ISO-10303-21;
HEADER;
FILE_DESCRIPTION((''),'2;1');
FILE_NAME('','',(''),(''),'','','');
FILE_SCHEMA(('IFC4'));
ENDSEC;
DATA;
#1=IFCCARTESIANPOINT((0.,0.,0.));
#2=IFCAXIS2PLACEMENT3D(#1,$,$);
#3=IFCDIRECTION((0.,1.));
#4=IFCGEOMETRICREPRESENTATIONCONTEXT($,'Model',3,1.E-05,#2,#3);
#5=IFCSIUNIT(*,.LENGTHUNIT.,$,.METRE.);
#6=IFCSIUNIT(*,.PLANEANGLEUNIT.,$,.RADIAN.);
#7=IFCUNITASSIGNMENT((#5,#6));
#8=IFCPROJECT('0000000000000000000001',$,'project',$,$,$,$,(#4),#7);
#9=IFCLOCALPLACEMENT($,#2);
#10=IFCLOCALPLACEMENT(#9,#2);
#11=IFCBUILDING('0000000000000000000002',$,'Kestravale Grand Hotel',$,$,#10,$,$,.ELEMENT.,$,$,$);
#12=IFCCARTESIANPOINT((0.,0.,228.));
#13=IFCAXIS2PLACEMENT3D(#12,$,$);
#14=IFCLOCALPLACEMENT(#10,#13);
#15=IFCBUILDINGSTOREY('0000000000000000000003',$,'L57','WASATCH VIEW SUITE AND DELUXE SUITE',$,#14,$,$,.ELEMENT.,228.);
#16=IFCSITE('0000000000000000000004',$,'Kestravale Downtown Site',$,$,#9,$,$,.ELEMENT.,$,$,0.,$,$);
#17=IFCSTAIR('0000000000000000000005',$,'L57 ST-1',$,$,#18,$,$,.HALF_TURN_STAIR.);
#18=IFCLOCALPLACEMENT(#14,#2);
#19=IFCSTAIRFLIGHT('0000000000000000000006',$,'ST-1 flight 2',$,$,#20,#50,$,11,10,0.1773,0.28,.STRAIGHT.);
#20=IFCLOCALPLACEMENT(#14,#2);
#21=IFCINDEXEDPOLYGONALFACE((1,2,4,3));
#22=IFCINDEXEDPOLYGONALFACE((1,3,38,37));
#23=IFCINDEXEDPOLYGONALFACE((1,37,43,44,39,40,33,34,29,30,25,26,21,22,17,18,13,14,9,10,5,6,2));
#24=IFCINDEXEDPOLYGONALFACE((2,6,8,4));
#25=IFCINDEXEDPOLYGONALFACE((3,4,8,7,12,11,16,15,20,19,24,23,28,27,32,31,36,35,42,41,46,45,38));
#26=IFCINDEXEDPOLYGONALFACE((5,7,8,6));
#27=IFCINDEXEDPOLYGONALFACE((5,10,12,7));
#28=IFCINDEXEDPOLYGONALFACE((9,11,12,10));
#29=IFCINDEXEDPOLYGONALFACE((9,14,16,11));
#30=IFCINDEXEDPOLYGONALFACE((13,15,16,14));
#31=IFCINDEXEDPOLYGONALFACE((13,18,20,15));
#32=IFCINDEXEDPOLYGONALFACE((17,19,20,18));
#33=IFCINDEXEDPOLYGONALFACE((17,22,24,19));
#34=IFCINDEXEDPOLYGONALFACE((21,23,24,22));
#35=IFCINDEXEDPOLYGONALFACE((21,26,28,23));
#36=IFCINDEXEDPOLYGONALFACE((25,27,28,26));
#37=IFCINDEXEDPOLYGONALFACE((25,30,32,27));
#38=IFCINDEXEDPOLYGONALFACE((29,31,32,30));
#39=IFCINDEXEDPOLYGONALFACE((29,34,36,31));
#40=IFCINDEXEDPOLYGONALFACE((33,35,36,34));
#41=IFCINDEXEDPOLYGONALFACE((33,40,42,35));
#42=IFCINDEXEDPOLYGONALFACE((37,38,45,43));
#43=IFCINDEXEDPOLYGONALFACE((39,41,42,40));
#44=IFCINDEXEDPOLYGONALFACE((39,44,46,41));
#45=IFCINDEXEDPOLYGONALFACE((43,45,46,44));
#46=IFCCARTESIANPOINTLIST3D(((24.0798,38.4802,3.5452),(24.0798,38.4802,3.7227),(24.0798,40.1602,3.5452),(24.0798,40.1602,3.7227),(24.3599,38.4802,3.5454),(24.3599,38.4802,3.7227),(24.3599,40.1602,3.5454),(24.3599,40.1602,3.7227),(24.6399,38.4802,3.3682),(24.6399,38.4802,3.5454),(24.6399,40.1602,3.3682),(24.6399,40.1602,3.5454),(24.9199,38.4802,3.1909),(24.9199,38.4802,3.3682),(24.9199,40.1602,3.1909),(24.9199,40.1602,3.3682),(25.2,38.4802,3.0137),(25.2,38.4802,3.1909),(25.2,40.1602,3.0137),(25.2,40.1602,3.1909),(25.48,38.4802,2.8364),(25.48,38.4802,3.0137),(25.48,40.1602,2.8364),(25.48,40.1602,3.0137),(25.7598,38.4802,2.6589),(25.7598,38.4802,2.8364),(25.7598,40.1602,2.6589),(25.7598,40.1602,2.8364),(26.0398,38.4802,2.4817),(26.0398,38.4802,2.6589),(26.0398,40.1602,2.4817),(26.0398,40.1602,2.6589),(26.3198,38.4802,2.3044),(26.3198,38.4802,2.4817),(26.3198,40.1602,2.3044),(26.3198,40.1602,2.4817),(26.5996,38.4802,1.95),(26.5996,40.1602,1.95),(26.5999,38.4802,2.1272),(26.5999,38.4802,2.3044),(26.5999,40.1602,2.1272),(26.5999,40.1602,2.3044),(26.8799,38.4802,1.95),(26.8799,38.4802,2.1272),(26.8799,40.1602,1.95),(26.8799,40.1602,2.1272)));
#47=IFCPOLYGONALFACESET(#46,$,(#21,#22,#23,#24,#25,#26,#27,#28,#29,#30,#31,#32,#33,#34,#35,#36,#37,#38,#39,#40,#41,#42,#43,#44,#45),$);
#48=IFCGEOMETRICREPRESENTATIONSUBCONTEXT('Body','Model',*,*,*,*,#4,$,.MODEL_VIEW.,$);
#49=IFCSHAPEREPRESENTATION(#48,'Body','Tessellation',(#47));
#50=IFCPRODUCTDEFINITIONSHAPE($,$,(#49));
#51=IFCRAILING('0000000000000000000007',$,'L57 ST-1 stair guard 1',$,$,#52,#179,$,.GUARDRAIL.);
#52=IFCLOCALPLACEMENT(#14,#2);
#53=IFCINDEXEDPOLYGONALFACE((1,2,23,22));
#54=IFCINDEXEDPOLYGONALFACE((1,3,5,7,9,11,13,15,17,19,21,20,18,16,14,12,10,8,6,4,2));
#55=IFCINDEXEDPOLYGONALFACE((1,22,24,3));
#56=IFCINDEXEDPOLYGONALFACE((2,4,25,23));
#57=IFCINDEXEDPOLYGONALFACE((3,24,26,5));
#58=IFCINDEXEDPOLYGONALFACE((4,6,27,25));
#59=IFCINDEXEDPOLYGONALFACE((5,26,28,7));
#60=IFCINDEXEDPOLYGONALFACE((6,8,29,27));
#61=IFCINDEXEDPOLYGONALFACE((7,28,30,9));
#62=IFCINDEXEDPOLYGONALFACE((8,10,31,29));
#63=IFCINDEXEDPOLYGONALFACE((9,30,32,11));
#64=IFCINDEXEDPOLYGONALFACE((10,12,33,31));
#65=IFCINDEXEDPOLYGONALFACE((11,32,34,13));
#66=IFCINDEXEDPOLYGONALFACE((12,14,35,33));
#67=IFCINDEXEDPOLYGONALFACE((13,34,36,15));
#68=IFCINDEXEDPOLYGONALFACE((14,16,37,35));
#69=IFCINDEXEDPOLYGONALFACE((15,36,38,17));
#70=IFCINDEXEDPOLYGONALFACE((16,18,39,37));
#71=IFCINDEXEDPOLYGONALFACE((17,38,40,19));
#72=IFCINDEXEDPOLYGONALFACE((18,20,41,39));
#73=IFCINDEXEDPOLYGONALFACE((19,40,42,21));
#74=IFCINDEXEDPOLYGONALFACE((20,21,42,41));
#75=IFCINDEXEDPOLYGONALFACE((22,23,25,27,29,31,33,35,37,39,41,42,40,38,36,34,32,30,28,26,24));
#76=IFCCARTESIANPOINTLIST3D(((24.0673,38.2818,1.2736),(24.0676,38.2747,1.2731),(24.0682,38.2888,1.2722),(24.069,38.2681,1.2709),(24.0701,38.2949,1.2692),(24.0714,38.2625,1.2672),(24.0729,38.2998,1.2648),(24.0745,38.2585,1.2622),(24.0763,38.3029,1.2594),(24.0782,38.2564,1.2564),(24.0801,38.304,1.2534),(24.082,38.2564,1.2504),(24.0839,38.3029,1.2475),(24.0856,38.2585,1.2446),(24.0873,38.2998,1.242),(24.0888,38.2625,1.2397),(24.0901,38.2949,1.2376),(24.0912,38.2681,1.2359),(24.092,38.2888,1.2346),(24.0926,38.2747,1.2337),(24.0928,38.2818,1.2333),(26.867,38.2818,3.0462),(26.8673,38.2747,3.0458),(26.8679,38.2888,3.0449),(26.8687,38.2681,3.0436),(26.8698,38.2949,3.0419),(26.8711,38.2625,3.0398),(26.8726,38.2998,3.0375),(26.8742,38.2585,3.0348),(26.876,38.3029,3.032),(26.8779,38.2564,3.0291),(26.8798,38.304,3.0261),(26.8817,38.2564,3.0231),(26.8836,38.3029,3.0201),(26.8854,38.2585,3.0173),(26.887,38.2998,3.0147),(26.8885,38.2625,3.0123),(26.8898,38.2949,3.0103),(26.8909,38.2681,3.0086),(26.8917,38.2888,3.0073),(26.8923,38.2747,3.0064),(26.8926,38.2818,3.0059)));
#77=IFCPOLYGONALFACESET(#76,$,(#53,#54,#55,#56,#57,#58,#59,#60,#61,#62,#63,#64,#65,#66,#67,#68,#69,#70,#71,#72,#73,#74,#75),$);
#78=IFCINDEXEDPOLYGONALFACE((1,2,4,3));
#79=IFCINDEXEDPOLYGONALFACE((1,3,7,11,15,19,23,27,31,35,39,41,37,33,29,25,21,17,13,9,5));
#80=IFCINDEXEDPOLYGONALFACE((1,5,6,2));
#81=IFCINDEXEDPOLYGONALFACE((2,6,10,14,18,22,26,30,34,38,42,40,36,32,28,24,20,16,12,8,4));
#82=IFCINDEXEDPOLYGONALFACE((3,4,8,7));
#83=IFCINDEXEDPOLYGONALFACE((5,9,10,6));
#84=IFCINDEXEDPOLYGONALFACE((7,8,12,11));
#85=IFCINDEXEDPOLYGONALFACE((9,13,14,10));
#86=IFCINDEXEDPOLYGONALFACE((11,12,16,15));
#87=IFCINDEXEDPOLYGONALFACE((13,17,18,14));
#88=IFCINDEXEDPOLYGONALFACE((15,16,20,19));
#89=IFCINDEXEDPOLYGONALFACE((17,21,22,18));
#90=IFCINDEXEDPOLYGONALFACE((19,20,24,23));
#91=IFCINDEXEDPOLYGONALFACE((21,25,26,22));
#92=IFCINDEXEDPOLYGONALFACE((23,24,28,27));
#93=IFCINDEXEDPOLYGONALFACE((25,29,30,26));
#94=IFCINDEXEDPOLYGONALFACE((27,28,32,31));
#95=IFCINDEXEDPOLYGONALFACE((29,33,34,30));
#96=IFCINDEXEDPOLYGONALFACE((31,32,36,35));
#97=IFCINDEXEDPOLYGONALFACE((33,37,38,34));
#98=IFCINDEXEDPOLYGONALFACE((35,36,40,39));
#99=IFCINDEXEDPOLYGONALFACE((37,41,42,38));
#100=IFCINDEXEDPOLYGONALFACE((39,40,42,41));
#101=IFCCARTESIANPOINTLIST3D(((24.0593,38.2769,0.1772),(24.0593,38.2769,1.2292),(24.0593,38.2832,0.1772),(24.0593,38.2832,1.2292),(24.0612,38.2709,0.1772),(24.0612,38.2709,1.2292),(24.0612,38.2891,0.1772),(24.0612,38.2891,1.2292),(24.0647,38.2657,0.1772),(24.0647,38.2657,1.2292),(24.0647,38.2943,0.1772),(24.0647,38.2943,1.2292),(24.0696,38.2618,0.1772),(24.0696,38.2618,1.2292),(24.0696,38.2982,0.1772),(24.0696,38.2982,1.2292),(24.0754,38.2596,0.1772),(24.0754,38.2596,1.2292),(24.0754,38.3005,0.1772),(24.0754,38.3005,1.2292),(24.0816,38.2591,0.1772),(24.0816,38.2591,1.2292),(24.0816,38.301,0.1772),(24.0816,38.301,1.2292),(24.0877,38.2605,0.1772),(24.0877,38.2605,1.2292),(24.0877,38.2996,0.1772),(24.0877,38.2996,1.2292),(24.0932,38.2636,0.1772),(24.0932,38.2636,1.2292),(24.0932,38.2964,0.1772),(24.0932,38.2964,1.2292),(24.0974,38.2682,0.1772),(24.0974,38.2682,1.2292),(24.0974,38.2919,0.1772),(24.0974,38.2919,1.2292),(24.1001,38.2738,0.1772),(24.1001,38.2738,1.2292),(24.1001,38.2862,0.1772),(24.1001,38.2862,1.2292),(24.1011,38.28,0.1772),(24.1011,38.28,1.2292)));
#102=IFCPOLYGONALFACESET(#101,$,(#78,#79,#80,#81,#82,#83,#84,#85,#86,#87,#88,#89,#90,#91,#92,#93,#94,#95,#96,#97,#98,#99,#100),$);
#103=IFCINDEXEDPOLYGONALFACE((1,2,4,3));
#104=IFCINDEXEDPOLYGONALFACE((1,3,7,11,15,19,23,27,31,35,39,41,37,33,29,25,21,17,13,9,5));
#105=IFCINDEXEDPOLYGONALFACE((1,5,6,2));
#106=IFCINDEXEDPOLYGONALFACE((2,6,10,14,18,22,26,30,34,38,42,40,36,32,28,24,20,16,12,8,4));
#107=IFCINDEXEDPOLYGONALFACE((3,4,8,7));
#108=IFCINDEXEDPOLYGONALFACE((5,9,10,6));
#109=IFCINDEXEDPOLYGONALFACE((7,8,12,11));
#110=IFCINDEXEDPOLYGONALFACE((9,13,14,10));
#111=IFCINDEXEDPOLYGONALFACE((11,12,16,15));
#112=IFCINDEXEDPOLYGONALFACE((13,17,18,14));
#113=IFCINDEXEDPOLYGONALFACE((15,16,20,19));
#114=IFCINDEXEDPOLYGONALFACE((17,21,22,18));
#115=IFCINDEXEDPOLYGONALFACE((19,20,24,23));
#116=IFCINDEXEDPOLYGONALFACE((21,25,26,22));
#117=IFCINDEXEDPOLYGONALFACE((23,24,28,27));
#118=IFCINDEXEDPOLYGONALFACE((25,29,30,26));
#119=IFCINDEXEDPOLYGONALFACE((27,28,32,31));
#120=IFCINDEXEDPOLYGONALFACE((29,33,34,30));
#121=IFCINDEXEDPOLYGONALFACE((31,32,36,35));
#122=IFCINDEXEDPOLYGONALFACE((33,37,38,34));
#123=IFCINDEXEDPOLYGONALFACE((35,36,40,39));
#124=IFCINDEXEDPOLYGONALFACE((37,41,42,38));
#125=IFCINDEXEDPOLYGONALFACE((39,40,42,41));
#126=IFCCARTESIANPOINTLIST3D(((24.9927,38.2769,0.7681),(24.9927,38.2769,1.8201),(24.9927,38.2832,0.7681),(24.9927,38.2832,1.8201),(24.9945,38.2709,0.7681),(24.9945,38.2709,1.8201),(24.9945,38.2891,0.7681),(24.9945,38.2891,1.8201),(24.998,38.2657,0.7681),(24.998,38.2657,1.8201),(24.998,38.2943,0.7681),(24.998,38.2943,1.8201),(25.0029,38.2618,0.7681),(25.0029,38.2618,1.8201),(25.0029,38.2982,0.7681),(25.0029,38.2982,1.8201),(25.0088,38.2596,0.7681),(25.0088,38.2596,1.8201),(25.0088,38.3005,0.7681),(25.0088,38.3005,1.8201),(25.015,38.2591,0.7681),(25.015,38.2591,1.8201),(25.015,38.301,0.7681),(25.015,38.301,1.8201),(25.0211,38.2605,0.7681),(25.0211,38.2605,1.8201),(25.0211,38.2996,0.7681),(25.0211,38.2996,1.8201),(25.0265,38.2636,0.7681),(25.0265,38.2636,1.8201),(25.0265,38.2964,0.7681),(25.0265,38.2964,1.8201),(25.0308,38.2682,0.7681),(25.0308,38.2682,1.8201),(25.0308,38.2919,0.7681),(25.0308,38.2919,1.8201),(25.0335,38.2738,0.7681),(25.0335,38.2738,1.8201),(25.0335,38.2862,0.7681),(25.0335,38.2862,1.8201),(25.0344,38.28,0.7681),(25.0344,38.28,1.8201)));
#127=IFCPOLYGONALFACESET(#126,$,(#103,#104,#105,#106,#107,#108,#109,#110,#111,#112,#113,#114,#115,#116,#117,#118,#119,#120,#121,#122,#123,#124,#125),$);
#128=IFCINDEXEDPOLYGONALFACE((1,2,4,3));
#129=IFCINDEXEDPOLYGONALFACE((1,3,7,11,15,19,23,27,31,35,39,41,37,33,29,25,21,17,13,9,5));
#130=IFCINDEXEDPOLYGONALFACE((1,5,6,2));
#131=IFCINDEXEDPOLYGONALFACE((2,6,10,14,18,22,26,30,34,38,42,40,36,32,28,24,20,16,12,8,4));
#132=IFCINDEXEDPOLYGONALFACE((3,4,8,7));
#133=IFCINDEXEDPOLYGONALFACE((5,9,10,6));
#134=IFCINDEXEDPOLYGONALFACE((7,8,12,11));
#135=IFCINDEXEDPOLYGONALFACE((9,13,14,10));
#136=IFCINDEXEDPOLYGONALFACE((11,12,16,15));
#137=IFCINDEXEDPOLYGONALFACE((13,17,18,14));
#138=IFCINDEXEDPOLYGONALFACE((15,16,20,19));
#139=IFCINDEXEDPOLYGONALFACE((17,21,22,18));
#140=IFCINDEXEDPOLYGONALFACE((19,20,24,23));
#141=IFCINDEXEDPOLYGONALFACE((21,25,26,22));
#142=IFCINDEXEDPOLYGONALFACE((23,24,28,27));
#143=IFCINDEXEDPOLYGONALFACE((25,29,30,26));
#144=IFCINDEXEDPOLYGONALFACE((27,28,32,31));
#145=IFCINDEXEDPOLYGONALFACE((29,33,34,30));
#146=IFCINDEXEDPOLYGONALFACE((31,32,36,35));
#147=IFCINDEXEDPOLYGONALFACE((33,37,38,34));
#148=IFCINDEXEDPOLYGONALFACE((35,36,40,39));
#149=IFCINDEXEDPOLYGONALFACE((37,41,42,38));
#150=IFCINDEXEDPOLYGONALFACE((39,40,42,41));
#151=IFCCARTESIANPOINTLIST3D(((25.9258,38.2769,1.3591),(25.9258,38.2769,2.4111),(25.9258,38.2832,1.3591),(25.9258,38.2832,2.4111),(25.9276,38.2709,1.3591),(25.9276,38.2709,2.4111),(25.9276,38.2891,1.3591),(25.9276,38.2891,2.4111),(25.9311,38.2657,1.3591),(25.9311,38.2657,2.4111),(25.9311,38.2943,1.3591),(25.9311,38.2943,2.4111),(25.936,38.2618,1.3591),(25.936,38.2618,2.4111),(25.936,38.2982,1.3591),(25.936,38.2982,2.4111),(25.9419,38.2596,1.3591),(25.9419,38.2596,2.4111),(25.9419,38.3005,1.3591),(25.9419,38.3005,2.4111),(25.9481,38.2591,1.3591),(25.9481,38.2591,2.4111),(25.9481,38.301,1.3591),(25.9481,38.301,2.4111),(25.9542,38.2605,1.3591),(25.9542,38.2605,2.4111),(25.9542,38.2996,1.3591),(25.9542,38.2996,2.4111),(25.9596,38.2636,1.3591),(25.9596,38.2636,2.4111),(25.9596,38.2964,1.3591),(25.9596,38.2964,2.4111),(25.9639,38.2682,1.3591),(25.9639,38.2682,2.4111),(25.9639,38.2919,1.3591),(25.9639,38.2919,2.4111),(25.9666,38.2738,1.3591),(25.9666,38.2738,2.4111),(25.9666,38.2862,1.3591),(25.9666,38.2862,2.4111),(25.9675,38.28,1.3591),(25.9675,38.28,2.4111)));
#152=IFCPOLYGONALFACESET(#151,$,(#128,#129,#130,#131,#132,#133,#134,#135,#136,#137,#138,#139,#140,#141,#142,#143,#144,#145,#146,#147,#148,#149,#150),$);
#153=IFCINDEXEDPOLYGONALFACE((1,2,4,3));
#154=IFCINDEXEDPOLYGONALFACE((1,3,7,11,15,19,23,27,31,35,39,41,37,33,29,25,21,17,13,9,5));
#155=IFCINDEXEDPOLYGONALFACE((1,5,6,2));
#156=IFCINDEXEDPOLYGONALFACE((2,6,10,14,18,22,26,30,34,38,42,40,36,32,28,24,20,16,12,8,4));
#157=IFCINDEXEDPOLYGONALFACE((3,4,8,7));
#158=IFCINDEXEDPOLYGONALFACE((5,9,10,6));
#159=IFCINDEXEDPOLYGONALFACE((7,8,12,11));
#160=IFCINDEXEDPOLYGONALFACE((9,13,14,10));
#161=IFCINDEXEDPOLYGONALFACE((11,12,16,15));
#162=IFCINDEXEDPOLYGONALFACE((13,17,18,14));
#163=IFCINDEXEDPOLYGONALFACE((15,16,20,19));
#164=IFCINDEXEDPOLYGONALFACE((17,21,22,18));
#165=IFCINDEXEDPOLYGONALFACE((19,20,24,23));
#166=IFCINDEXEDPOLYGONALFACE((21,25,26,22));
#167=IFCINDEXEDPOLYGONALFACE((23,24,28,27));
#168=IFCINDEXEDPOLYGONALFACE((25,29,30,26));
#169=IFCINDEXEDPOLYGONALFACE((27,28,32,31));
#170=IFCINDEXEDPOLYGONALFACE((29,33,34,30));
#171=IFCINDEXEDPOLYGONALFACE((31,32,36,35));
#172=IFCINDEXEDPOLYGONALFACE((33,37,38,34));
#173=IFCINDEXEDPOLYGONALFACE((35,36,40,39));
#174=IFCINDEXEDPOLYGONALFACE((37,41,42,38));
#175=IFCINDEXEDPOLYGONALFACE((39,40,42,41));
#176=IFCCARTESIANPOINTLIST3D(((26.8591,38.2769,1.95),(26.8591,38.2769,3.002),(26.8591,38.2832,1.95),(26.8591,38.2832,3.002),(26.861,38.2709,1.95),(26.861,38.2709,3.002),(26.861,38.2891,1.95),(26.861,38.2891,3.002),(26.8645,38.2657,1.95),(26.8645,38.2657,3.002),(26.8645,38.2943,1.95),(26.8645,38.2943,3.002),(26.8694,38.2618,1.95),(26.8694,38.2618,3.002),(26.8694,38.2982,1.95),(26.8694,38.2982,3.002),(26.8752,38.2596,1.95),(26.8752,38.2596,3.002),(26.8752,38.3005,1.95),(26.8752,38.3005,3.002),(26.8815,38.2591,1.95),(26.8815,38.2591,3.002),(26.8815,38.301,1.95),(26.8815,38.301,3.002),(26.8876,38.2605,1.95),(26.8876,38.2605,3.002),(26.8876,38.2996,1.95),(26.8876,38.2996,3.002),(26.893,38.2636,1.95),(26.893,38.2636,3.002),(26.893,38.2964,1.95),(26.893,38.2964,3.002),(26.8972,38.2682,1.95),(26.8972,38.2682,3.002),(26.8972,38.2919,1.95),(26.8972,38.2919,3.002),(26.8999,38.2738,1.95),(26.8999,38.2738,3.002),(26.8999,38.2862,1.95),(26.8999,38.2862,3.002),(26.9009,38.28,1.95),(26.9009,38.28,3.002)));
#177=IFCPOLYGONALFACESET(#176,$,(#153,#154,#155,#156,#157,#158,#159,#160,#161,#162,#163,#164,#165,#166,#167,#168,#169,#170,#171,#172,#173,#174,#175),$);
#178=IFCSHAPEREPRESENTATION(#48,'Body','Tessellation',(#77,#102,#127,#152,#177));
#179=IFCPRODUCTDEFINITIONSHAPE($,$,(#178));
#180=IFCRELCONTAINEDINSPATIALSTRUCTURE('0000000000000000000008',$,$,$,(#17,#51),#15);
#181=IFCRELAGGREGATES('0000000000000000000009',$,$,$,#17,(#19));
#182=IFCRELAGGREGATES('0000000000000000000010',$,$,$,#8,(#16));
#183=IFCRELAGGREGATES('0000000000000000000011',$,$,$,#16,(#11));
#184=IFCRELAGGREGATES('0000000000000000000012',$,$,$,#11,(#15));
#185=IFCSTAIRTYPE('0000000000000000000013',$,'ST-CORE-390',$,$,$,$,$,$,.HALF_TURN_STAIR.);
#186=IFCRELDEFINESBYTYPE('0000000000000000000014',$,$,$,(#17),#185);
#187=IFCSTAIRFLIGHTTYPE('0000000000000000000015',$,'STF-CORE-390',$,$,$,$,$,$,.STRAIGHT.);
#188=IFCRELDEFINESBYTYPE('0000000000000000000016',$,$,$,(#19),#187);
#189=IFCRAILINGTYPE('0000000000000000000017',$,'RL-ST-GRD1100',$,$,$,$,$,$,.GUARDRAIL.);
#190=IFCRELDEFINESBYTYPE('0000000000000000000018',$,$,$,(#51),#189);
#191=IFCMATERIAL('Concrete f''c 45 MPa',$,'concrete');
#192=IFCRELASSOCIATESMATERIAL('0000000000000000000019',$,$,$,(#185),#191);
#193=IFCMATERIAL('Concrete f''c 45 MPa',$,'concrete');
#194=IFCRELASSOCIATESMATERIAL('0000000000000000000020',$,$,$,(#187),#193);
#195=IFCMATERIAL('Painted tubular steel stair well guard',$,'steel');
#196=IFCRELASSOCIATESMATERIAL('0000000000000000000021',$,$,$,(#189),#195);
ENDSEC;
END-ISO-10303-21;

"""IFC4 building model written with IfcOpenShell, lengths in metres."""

from ifc_helpers import new_model, si_unit, direction, frame, origin, origin_2d, place, context, subcontext, project, spatial, polyline, circle, outline, extrude, material, type_object, element, aggregate, save


model = new_model("IFC4")

# Units and contexts
model_context = context("Model", 3, precision=1e-05, world=origin(), true_north=direction((0.0, 1.0)))
body_context = subcontext(model_context, "Body", "Model", "MODEL_VIEW")
ifc_project = project(units=[si_unit("LENGTHUNIT", "METRE"), si_unit("PLANEANGLEUNIT", "RADIAN")], contexts=[model_context])

# Site, building, storey
site_placement = place(None, origin())
site = spatial("IfcSite", under=ifc_project, at=site_placement, Name="Kestravale Downtown Site", CompositionType="ELEMENT", RefElevation=0.0)
building_placement = place(site_placement, origin())
building = spatial("IfcBuilding", under=site, at=building_placement, Name="Kestravale Grand Hotel", CompositionType="ELEMENT")
storey_placement = place(building_placement, frame((0.0, 0.0, 228.0)))
storey = spatial("IfcBuildingStorey", under=building, at=storey_placement, Name="L57", Description="WASATCH VIEW SUITE AND DELUXE SUITE", CompositionType="ELEMENT", Elevation=228.0)

# Stair, stair flight
ifc_material_1 = material(Name="Concrete f'c 45 MPa", Category="concrete")
stair_type = type_object("IfcStairType", Name="ST-CORE-390", PredefinedType="HALF_TURN_STAIR", material=ifc_material_1)
stair_placement = place(storey_placement, origin())
stair = element("IfcStair", 1, at=stair_placement, inside=storey, type_object=stair_type, Name="L57 ST-1", PredefinedType="HALF_TURN_STAIR")
ifc_material_2 = material(Name="Concrete f'c 45 MPa", Category="concrete")
stair_flight_type = type_object("IfcStairFlightType", Name="STF-CORE-390", PredefinedType="STRAIGHT", material=ifc_material_2)
stair_flight_1_placement = place(storey_placement, frame((26.8799, 39.3201, 1.95), z_axis=(0.0, 0.0, 1.0), x_axis=(-1.0, 0.0, 0.0)))
stair_flight_1 = element("IfcStairFlight", 2, at=stair_flight_1_placement, type_object=stair_flight_type, Name="ST-1 flight 2", NumberOfRisers=11, NumberOfTreads=10, PredefinedType="STRAIGHT", RiserHeight=0.1773, TreadLength=0.28, context=body_context, shape_type="SweptSolid", body=[
    extrude(outline(polyline([(0.0, 0.0), (0.0, 0.1772), (0.28, 0.1772), (0.28, 0.3545), (0.5601, 0.3545), (0.5601, 0.5317), (0.8401, 0.5317), (0.8401, 0.709), (1.1201, 0.709), (1.1201, 0.8865), (1.3999, 0.8865), (1.3999, 1.0637), (1.6799, 1.0637), (1.6799, 1.241), (1.96, 1.241), (1.96, 1.4182), (2.24, 1.4182), (2.24, 1.5955), (2.52, 1.5955), (2.52, 1.7727), (2.8, 1.7727), (2.8, 1.95), (2.8, 1.5952), (0.2803, 0.0), (0.0, 0.0)])), frame((0.0, 0.8398, 0.0), z_axis=(0.0, -1.0, 0.0), x_axis=(1.0, 0.0, 0.0)), (0.0, 0.0, 1.0), 1.6799),
])
aggregate(stair, [stair_flight_1])

# Railing
ifc_material_3 = material(Name="Painted tubular steel stair well guard", Category="steel")
railing_type_1 = type_object("IfcRailingType", Name="RL-ST-GRD1100", PredefinedType="GUARDRAIL", material=ifc_material_3)
railing_1_placement = place(storey_placement, frame((24.0801, 38.28, 0.1772)))
element("IfcRailing", 3, at=railing_1_placement, inside=storey, type_object=railing_type_1, Name="L57 ST-1 stair guard 1", PredefinedType="GUARDRAIL", context=body_context, shape_type="SweptSolid", body=[
    extrude(circle(Radius=0.0239, at=origin_2d()), frame((0.0, 0.0, 1.0762), z_axis=(0.844888, 0.0, 0.534943), x_axis=(0.0, 1.0, 0.0)), (0.0, 0.0, 1.0), 3.3137),
    extrude(circle(Radius=0.021, at=origin_2d()), origin(), (0.0, 0.0, 1.0), 1.052),
    extrude(circle(Radius=0.021, at=origin_2d()), frame((0.9333, 0.0, 0.5908)), (0.0, 0.0, 1.0), 1.052),
    extrude(circle(Radius=0.021, at=origin_2d()), frame((1.8665, 0.0, 1.1819)), (0.0, 0.0, 1.0), 1.052),
    extrude(circle(Radius=0.021, at=origin_2d()), frame((2.7998, 0.0, 1.7727)), (0.0, 0.0, 1.0), 1.052),
])

save(model, "model.ifc")
